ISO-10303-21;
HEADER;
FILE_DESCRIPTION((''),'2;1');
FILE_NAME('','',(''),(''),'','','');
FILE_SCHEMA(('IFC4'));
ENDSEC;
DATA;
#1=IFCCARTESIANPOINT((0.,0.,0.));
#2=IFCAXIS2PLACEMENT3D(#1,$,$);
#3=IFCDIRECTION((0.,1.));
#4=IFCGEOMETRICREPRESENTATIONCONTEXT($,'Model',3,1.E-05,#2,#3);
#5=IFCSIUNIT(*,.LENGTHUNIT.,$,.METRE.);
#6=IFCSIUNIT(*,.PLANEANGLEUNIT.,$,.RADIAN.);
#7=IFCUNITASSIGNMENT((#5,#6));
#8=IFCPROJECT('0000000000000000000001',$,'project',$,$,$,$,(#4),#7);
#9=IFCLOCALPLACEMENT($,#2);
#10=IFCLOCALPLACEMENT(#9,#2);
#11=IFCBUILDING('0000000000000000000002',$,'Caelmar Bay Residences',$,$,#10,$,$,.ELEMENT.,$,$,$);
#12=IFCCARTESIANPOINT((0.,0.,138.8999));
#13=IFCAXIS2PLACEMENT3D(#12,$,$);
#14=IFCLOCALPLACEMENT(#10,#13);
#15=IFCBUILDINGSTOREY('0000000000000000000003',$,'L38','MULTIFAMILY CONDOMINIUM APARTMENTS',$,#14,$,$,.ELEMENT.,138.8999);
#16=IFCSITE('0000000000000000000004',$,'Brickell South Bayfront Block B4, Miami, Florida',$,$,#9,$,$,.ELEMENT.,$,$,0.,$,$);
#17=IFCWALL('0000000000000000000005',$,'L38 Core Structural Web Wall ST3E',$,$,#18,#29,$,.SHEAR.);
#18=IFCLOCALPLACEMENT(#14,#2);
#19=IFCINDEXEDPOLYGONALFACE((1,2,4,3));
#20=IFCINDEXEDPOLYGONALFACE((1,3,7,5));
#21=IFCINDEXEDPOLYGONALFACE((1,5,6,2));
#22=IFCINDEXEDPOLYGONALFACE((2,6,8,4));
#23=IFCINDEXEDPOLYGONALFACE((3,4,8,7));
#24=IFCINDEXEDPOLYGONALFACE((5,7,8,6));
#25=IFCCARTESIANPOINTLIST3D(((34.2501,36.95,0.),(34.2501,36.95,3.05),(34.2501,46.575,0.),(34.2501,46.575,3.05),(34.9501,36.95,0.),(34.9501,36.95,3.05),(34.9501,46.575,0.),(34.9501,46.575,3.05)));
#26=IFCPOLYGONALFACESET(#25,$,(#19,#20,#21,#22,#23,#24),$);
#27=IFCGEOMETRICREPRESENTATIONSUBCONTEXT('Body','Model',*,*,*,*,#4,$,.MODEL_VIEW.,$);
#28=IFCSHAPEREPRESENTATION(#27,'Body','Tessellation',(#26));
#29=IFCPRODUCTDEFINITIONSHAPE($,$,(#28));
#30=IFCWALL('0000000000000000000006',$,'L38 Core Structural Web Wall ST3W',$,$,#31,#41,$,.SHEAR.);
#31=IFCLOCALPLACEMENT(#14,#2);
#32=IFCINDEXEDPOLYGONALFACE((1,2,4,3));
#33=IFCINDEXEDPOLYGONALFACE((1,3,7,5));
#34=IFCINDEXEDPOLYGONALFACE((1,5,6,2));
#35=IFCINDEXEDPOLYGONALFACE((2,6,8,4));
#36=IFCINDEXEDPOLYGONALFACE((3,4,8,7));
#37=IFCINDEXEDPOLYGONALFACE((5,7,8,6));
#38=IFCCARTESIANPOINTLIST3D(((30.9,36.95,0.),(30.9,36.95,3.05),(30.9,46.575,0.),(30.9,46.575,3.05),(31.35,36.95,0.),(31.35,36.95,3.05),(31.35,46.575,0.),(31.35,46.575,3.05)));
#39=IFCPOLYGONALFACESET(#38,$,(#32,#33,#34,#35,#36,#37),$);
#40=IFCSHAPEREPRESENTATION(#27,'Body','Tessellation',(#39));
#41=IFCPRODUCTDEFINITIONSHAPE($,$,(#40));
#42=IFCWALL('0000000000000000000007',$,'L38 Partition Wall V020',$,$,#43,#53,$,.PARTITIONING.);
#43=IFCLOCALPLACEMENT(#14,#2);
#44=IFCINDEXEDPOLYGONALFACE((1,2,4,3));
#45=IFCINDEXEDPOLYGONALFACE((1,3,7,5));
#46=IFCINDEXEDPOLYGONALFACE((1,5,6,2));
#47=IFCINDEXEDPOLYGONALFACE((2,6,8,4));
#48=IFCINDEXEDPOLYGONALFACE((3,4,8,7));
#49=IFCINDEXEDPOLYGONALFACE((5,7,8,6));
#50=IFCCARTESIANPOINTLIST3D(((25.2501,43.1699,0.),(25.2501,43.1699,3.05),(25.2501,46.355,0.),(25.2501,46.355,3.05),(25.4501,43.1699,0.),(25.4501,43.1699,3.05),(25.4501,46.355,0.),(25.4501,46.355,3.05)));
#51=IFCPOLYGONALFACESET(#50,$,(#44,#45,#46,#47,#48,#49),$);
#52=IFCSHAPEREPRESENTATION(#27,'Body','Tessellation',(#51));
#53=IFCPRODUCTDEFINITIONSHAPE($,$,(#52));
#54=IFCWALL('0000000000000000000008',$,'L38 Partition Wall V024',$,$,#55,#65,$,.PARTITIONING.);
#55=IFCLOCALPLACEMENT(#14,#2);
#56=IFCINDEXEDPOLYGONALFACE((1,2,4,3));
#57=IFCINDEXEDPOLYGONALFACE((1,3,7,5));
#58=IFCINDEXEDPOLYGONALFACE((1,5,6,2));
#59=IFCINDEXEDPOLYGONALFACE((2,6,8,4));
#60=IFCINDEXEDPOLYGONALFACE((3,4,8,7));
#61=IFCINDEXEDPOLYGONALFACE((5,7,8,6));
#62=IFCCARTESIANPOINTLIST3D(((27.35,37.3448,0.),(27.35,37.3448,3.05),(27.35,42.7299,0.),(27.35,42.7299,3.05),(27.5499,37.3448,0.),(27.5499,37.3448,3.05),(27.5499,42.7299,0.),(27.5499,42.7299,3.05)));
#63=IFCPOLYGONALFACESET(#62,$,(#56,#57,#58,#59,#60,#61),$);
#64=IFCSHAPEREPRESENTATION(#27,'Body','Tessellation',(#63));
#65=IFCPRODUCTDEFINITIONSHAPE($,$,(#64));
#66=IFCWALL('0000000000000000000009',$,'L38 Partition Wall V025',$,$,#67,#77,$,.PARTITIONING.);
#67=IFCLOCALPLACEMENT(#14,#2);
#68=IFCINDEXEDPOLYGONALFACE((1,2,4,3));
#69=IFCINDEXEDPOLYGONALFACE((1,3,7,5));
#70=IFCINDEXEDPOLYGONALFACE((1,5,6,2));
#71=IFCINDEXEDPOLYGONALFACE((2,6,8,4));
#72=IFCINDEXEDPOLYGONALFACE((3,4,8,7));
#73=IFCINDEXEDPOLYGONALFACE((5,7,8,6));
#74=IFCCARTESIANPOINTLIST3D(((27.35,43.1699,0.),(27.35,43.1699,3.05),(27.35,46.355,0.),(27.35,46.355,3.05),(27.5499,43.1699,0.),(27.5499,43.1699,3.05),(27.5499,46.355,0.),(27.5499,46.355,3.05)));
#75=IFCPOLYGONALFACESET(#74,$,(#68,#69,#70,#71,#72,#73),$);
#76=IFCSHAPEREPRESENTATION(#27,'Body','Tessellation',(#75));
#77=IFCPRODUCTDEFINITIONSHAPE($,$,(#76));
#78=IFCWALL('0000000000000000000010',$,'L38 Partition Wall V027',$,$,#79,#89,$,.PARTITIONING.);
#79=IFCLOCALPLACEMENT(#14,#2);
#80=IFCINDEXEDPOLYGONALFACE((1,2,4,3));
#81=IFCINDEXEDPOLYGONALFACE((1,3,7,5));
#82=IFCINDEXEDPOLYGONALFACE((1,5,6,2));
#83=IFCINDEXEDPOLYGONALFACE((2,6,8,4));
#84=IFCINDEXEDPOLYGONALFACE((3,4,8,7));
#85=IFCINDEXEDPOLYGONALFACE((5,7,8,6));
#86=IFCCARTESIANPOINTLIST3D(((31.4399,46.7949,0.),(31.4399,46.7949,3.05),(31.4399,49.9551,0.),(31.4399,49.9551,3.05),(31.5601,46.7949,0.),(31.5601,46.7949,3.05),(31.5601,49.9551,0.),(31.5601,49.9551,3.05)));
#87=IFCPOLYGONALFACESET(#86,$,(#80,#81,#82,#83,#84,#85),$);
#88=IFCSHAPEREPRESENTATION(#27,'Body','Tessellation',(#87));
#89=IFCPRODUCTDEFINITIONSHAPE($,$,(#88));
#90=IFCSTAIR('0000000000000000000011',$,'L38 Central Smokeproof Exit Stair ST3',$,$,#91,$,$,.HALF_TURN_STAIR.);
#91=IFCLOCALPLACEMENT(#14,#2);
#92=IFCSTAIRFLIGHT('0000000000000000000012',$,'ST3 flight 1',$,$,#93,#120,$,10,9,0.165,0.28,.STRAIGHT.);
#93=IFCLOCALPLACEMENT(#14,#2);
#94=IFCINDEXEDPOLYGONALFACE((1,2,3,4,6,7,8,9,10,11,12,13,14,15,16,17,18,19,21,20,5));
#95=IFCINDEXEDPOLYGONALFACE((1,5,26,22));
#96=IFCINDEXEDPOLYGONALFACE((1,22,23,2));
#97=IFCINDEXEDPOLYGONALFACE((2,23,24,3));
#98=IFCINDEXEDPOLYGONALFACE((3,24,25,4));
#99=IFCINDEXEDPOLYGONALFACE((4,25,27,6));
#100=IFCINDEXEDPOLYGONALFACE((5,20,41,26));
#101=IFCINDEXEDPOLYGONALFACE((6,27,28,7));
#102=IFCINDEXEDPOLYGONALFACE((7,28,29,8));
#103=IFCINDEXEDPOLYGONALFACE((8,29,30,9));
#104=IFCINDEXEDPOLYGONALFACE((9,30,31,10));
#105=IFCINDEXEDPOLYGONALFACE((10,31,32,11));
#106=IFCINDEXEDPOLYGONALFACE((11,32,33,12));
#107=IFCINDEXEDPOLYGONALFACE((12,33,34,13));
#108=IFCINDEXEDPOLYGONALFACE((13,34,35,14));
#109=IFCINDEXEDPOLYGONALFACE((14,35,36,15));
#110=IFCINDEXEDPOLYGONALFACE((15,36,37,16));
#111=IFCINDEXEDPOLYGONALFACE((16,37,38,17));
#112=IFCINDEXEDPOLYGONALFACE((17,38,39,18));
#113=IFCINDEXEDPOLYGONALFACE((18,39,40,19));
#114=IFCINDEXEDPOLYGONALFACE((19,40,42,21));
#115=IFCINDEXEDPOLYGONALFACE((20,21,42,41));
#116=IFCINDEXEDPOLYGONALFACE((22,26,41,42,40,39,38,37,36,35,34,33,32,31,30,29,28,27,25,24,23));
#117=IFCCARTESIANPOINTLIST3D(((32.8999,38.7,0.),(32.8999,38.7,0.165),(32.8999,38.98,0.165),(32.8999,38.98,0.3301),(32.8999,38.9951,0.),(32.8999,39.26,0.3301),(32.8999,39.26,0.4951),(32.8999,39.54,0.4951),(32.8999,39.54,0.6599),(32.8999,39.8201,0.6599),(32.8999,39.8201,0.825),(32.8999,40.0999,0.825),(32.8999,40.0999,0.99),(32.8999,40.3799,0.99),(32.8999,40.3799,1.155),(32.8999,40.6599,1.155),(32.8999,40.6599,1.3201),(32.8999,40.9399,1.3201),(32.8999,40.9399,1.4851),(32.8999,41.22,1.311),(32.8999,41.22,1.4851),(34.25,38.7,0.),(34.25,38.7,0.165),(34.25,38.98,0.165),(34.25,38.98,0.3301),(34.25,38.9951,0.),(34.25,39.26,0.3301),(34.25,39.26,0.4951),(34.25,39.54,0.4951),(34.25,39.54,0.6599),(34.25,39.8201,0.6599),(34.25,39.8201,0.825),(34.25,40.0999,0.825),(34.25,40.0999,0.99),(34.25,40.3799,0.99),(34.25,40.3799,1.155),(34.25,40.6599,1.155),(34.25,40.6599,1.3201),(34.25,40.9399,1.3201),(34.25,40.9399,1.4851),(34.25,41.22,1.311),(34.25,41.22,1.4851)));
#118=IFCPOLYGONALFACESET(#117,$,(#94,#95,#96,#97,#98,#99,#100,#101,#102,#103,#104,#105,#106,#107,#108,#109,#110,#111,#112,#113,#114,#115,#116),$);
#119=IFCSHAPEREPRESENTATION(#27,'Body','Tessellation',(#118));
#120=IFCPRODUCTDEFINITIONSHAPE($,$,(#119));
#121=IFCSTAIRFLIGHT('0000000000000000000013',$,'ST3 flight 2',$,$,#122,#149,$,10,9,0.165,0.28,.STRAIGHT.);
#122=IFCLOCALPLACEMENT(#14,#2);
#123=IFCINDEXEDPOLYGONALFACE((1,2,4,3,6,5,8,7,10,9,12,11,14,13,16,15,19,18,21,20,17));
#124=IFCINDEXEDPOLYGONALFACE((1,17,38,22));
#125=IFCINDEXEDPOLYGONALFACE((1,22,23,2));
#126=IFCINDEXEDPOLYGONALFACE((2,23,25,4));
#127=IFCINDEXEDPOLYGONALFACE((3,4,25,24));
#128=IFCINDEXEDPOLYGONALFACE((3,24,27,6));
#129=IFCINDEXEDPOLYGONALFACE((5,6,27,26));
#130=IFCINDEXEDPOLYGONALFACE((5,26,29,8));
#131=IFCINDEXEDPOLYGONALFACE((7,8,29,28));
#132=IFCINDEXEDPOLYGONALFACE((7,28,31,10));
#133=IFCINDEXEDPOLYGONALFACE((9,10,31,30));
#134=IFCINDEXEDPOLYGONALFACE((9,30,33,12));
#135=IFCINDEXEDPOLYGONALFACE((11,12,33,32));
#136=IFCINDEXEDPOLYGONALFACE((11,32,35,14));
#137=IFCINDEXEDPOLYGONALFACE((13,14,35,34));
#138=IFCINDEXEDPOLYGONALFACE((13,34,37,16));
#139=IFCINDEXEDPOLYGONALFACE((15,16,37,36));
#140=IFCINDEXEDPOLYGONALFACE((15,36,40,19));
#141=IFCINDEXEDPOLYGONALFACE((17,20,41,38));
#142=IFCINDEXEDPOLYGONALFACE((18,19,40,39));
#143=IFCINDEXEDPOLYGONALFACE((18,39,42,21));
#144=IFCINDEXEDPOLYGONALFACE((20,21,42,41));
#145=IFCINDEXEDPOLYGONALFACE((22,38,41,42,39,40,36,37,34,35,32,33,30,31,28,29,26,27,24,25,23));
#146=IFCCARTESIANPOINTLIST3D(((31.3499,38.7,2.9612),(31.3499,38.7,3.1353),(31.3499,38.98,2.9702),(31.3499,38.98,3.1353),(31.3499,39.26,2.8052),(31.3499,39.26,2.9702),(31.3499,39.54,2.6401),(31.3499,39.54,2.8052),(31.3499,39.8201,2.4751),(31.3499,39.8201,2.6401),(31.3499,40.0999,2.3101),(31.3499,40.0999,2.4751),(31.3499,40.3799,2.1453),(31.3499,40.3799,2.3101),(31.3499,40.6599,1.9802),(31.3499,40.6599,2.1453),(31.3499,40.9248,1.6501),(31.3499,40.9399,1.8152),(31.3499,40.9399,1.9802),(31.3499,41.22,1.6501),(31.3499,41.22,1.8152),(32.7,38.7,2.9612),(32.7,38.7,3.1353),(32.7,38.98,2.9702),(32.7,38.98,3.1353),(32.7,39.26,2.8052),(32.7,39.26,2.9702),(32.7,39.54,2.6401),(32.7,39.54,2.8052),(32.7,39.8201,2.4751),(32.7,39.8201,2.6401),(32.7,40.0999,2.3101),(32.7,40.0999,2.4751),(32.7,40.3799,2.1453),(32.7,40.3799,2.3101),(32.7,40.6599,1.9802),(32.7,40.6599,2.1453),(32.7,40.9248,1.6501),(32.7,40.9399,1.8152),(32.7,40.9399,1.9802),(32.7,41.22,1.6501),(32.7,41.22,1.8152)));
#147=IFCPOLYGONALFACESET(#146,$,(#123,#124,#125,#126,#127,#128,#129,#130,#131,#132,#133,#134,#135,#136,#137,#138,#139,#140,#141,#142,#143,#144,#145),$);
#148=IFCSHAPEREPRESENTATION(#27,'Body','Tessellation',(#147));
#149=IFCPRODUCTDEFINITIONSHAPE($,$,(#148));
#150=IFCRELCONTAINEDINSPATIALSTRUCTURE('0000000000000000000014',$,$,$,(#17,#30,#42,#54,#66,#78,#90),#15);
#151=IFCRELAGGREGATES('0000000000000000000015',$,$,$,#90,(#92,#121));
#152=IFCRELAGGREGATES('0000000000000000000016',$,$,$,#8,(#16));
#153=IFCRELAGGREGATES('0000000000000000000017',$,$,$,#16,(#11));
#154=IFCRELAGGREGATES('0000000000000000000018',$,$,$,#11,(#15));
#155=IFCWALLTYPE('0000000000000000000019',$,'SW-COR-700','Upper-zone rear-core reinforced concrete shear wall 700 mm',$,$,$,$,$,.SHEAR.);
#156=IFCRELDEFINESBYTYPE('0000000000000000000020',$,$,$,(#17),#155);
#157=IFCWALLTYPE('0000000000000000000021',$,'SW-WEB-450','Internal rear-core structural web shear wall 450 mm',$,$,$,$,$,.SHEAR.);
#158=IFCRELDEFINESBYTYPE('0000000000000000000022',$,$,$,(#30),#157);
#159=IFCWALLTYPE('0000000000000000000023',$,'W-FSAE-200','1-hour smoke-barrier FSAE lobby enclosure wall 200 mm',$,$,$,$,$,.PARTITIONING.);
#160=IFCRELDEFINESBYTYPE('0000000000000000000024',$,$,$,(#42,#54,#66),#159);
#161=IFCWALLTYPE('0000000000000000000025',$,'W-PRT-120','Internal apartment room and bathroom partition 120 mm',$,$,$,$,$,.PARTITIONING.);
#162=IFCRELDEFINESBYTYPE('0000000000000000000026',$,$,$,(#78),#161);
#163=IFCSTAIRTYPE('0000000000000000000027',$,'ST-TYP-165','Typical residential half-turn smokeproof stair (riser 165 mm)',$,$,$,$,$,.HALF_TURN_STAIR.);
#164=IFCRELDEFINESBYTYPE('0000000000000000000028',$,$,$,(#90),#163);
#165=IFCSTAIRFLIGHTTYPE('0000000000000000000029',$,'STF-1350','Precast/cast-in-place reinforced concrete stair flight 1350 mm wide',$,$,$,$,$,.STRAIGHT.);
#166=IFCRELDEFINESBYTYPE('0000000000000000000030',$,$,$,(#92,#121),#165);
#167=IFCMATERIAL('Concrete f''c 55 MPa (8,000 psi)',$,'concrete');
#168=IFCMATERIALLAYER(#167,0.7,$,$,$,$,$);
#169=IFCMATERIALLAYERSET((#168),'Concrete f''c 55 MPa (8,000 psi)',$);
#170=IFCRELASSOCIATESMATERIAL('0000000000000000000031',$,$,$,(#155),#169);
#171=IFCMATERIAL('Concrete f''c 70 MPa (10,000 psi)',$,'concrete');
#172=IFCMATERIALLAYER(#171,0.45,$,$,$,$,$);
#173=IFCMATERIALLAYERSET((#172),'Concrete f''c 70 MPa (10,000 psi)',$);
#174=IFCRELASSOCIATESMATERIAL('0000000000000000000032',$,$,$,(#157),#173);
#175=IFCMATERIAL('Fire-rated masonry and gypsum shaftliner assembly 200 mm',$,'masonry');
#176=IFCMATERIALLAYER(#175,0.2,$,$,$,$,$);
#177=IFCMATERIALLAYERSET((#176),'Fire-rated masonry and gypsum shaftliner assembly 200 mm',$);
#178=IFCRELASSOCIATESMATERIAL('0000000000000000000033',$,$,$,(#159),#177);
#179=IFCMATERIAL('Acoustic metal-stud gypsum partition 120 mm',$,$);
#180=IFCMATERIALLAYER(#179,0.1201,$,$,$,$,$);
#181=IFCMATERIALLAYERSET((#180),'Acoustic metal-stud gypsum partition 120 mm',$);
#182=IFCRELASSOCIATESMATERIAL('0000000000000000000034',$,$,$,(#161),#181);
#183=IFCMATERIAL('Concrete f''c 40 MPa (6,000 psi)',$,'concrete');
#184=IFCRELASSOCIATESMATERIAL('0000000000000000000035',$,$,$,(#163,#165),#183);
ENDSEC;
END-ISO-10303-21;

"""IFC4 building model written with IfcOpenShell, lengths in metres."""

from ifc_helpers import new_model, si_unit, direction, frame, frame_2d, origin, place, context, subcontext, project, spatial, polyline, rectangle, outline, extrude, material, layer, layer_set, type_object, element, aggregate, save


model = new_model("IFC4")

# Units and contexts
model_context = context("Model", 3, precision=1e-05, world=origin(), true_north=direction((0.0, 1.0)))
body_context = subcontext(model_context, "Body", "Model", "MODEL_VIEW")
ifc_project = project(units=[si_unit("LENGTHUNIT", "METRE"), si_unit("PLANEANGLEUNIT", "RADIAN")], contexts=[model_context])

# Site, building, storey
site_placement = place(None, origin())
site = spatial("IfcSite", under=ifc_project, at=site_placement, Name="Brickell South Bayfront Block B4, Miami, Florida", CompositionType="ELEMENT", RefElevation=0.0)
building_placement = place(site_placement, origin())
building = spatial("IfcBuilding", under=site, at=building_placement, Name="Caelmar Bay Residences", CompositionType="ELEMENT")
storey_placement = place(building_placement, frame((0.0, 0.0, 138.8999)))
storey = spatial("IfcBuildingStorey", under=building, at=storey_placement, Name="L38", Description="MULTIFAMILY CONDOMINIUM APARTMENTS", CompositionType="ELEMENT", Elevation=138.8999)

# Walls
ifc_material_1 = material(Name="Concrete f'c 55 MPa (8,000 psi)", Category="concrete")
ifc_layer_1 = layer(ifc_material_1, 0.7)
ifc_layer_set_1 = layer_set([ifc_layer_1], Name="Concrete f'c 55 MPa (8,000 psi)")
wall_type_1 = type_object("IfcWallType", Name="SW-COR-700", Description="Upper-zone rear-core reinforced concrete shear wall 700 mm", PredefinedType="SHEAR", material=ifc_layer_set_1)
wall_1_placement = place(storey_placement, frame((34.6001, 36.95, 0.0), z_axis=(0.0, 0.0, 1.0), x_axis=(0.0, 1.0, 0.0)))
element("IfcWall", 1, at=wall_1_placement, inside=storey, type_object=wall_type_1, Name="L38 Core Structural Web Wall ST3E", PredefinedType="SHEAR", context=body_context, shape_type="SweptSolid", body=[
    extrude(rectangle(XDim=9.625, YDim=0.7, at=frame_2d((4.8125, 0.0))), origin(), (0.0, 0.0, 1.0), 3.05),
])
ifc_material_2 = material(Name="Concrete f'c 70 MPa (10,000 psi)", Category="concrete")
ifc_layer_2 = layer(ifc_material_2, 0.45)
ifc_layer_set_2 = layer_set([ifc_layer_2], Name="Concrete f'c 70 MPa (10,000 psi)")
wall_type_2 = type_object("IfcWallType", Name="SW-WEB-450", Description="Internal rear-core structural web shear wall 450 mm", PredefinedType="SHEAR", material=ifc_layer_set_2)
wall_2_placement = place(storey_placement, frame((31.125, 36.95, 0.0), z_axis=(0.0, 0.0, 1.0), x_axis=(0.0, 1.0, 0.0)))
element("IfcWall", 2, at=wall_2_placement, inside=storey, type_object=wall_type_2, Name="L38 Core Structural Web Wall ST3W", PredefinedType="SHEAR", context=body_context, shape_type="SweptSolid", body=[
    extrude(rectangle(XDim=9.625, YDim=0.45, at=frame_2d((4.8125, 0.0))), origin(), (0.0, 0.0, 1.0), 3.05),
])
ifc_material_3 = material(Name="Fire-rated masonry and gypsum shaftliner assembly 200 mm", Category="masonry")
ifc_layer_3 = layer(ifc_material_3, 0.2)
ifc_layer_set_3 = layer_set([ifc_layer_3], Name="Fire-rated masonry and gypsum shaftliner assembly 200 mm")
wall_type_3 = type_object("IfcWallType", Name="W-FSAE-200", Description="1-hour smoke-barrier FSAE lobby enclosure wall 200 mm", PredefinedType="PARTITIONING", material=ifc_layer_set_3)
wall_3_placement = place(storey_placement, frame((25.3501, 43.1699, 0.0), z_axis=(0.0, 0.0, 1.0), x_axis=(0.0, 1.0, 0.0)))
element("IfcWall", 3, at=wall_3_placement, inside=storey, type_object=wall_type_3, Name="L38 Partition Wall V020", PredefinedType="PARTITIONING", context=body_context, shape_type="SweptSolid", body=[
    extrude(rectangle(XDim=3.1851, YDim=0.2, at=frame_2d((1.5925, 0.0))), origin(), (0.0, 0.0, 1.0), 3.05),
])
wall_4_placement = place(storey_placement, frame((27.45, 37.345, 0.0), z_axis=(0.0, 0.0, 1.0), x_axis=(0.0, 1.0, 0.0)))
element("IfcWall", 4, at=wall_4_placement, inside=storey, type_object=wall_type_3, Name="L38 Partition Wall V024", PredefinedType="PARTITIONING", context=body_context, shape_type="SweptSolid", body=[
    extrude(rectangle(XDim=5.385, YDim=0.2, at=frame_2d((2.6924, 0.0))), origin(), (0.0, 0.0, 1.0), 3.05),
])
wall_5_placement = place(storey_placement, frame((27.45, 43.1699, 0.0), z_axis=(0.0, 0.0, 1.0), x_axis=(0.0, 1.0, 0.0)))
element("IfcWall", 5, at=wall_5_placement, inside=storey, type_object=wall_type_3, Name="L38 Partition Wall V025", PredefinedType="PARTITIONING", context=body_context, shape_type="SweptSolid", body=[
    extrude(rectangle(XDim=3.1851, YDim=0.2, at=frame_2d((1.5925, 0.0))), origin(), (0.0, 0.0, 1.0), 3.05),
])
ifc_material_4 = material(Name="Acoustic metal-stud gypsum partition 120 mm")
ifc_layer_4 = layer(ifc_material_4, 0.1201)
ifc_layer_set_4 = layer_set([ifc_layer_4], Name="Acoustic metal-stud gypsum partition 120 mm")
wall_type_4 = type_object("IfcWallType", Name="W-PRT-120", Description="Internal apartment room and bathroom partition 120 mm", PredefinedType="PARTITIONING", material=ifc_layer_set_4)
wall_6_placement = place(storey_placement, frame((31.5, 46.7949, 0.0), z_axis=(0.0, 0.0, 1.0), x_axis=(0.0, 1.0, 0.0)))
element("IfcWall", 6, at=wall_6_placement, inside=storey, type_object=wall_type_4, Name="L38 Partition Wall V027", PredefinedType="PARTITIONING", context=body_context, shape_type="SweptSolid", body=[
    extrude(rectangle(XDim=3.1602, YDim=0.1201, at=frame_2d((1.5801, 0.0))), origin(), (0.0, 0.0, 1.0), 3.05),
])

# Stair, stair flights
ifc_material_5 = material(Name="Concrete f'c 40 MPa (6,000 psi)", Category="concrete")
stair_type = type_object("IfcStairType", Name="ST-TYP-165", Description="Typical residential half-turn smokeproof stair (riser 165 mm)", PredefinedType="HALF_TURN_STAIR", material=ifc_material_5)
stair_placement = place(storey_placement, origin())
stair = element("IfcStair", 7, at=stair_placement, inside=storey, type_object=stair_type, Name="L38 Central Smokeproof Exit Stair ST3", PredefinedType="HALF_TURN_STAIR")
stair_flight_type = type_object("IfcStairFlightType", Name="STF-1350", Description="Precast/cast-in-place reinforced concrete stair flight 1350 mm wide", PredefinedType="STRAIGHT", material=ifc_material_5)
stair_flight_1_placement = place(storey_placement, frame((33.575, 38.7, 0.0), z_axis=(0.0, 0.0, 1.0), x_axis=(0.0, 1.0, 0.0)))
stair_flight_1 = element("IfcStairFlight", 8, at=stair_flight_1_placement, type_object=stair_flight_type, Name="ST3 flight 1", NumberOfRisers=10, NumberOfTreads=9, PredefinedType="STRAIGHT", RiserHeight=0.165, TreadLength=0.28, context=body_context, shape_type="SweptSolid", body=[
    extrude(outline(polyline([(0.0, 0.0), (0.0, 0.165), (0.28, 0.165), (0.28, 0.3301), (0.5601, 0.3301), (0.5601, 0.4951), (0.8401, 0.4951), (0.8401, 0.6599), (1.1201, 0.6599), (1.1201, 0.825), (1.3999, 0.825), (1.3999, 0.99), (1.6799, 0.99), (1.6799, 1.155), (1.96, 1.155), (1.96, 1.3201), (2.24, 1.3201), (2.24, 1.4851), (2.52, 1.4851), (2.52, 1.6499), (2.52, 1.311), (0.2952, 0.0), (0.0, 0.0)])), frame((0.0, 0.675, 0.0), z_axis=(0.0, -1.0, 0.0), x_axis=(1.0, 0.0, 0.0)), (0.0, 0.0, 1.0), 1.3501),
])
stair_flight_2_placement = place(storey_placement, frame((32.0249, 41.22, 1.6501), z_axis=(0.0, 0.0, 1.0), x_axis=(0.0, -1.0, 0.0)))
stair_flight_2 = element("IfcStairFlight", 9, at=stair_flight_2_placement, type_object=stair_flight_type, Name="ST3 flight 2", NumberOfRisers=10, NumberOfTreads=9, PredefinedType="STRAIGHT", RiserHeight=0.165, TreadLength=0.28, context=body_context, shape_type="SweptSolid", body=[
    extrude(outline(polyline([(0.0, 0.0), (0.0, 0.165), (0.28, 0.165), (0.28, 0.3301), (0.5601, 0.3301), (0.5601, 0.4951), (0.8401, 0.4951), (0.8401, 0.6599), (1.1201, 0.6599), (1.1201, 0.825), (1.3999, 0.825), (1.3999, 0.99), (1.6799, 0.99), (1.6799, 1.155), (1.96, 1.155), (1.96, 1.3201), (2.24, 1.3201), (2.24, 1.4851), (2.52, 1.4851), (2.52, 1.6499), (2.52, 1.311), (0.2952, 0.0), (0.0, 0.0)])), frame((0.0, 0.675, 0.0), z_axis=(0.0, -1.0, 0.0), x_axis=(1.0, 0.0, 0.0)), (0.0, 0.0, 1.0), 1.3501),
])
aggregate(stair, [stair_flight_1, stair_flight_2])

save(model, "model.ifc")
